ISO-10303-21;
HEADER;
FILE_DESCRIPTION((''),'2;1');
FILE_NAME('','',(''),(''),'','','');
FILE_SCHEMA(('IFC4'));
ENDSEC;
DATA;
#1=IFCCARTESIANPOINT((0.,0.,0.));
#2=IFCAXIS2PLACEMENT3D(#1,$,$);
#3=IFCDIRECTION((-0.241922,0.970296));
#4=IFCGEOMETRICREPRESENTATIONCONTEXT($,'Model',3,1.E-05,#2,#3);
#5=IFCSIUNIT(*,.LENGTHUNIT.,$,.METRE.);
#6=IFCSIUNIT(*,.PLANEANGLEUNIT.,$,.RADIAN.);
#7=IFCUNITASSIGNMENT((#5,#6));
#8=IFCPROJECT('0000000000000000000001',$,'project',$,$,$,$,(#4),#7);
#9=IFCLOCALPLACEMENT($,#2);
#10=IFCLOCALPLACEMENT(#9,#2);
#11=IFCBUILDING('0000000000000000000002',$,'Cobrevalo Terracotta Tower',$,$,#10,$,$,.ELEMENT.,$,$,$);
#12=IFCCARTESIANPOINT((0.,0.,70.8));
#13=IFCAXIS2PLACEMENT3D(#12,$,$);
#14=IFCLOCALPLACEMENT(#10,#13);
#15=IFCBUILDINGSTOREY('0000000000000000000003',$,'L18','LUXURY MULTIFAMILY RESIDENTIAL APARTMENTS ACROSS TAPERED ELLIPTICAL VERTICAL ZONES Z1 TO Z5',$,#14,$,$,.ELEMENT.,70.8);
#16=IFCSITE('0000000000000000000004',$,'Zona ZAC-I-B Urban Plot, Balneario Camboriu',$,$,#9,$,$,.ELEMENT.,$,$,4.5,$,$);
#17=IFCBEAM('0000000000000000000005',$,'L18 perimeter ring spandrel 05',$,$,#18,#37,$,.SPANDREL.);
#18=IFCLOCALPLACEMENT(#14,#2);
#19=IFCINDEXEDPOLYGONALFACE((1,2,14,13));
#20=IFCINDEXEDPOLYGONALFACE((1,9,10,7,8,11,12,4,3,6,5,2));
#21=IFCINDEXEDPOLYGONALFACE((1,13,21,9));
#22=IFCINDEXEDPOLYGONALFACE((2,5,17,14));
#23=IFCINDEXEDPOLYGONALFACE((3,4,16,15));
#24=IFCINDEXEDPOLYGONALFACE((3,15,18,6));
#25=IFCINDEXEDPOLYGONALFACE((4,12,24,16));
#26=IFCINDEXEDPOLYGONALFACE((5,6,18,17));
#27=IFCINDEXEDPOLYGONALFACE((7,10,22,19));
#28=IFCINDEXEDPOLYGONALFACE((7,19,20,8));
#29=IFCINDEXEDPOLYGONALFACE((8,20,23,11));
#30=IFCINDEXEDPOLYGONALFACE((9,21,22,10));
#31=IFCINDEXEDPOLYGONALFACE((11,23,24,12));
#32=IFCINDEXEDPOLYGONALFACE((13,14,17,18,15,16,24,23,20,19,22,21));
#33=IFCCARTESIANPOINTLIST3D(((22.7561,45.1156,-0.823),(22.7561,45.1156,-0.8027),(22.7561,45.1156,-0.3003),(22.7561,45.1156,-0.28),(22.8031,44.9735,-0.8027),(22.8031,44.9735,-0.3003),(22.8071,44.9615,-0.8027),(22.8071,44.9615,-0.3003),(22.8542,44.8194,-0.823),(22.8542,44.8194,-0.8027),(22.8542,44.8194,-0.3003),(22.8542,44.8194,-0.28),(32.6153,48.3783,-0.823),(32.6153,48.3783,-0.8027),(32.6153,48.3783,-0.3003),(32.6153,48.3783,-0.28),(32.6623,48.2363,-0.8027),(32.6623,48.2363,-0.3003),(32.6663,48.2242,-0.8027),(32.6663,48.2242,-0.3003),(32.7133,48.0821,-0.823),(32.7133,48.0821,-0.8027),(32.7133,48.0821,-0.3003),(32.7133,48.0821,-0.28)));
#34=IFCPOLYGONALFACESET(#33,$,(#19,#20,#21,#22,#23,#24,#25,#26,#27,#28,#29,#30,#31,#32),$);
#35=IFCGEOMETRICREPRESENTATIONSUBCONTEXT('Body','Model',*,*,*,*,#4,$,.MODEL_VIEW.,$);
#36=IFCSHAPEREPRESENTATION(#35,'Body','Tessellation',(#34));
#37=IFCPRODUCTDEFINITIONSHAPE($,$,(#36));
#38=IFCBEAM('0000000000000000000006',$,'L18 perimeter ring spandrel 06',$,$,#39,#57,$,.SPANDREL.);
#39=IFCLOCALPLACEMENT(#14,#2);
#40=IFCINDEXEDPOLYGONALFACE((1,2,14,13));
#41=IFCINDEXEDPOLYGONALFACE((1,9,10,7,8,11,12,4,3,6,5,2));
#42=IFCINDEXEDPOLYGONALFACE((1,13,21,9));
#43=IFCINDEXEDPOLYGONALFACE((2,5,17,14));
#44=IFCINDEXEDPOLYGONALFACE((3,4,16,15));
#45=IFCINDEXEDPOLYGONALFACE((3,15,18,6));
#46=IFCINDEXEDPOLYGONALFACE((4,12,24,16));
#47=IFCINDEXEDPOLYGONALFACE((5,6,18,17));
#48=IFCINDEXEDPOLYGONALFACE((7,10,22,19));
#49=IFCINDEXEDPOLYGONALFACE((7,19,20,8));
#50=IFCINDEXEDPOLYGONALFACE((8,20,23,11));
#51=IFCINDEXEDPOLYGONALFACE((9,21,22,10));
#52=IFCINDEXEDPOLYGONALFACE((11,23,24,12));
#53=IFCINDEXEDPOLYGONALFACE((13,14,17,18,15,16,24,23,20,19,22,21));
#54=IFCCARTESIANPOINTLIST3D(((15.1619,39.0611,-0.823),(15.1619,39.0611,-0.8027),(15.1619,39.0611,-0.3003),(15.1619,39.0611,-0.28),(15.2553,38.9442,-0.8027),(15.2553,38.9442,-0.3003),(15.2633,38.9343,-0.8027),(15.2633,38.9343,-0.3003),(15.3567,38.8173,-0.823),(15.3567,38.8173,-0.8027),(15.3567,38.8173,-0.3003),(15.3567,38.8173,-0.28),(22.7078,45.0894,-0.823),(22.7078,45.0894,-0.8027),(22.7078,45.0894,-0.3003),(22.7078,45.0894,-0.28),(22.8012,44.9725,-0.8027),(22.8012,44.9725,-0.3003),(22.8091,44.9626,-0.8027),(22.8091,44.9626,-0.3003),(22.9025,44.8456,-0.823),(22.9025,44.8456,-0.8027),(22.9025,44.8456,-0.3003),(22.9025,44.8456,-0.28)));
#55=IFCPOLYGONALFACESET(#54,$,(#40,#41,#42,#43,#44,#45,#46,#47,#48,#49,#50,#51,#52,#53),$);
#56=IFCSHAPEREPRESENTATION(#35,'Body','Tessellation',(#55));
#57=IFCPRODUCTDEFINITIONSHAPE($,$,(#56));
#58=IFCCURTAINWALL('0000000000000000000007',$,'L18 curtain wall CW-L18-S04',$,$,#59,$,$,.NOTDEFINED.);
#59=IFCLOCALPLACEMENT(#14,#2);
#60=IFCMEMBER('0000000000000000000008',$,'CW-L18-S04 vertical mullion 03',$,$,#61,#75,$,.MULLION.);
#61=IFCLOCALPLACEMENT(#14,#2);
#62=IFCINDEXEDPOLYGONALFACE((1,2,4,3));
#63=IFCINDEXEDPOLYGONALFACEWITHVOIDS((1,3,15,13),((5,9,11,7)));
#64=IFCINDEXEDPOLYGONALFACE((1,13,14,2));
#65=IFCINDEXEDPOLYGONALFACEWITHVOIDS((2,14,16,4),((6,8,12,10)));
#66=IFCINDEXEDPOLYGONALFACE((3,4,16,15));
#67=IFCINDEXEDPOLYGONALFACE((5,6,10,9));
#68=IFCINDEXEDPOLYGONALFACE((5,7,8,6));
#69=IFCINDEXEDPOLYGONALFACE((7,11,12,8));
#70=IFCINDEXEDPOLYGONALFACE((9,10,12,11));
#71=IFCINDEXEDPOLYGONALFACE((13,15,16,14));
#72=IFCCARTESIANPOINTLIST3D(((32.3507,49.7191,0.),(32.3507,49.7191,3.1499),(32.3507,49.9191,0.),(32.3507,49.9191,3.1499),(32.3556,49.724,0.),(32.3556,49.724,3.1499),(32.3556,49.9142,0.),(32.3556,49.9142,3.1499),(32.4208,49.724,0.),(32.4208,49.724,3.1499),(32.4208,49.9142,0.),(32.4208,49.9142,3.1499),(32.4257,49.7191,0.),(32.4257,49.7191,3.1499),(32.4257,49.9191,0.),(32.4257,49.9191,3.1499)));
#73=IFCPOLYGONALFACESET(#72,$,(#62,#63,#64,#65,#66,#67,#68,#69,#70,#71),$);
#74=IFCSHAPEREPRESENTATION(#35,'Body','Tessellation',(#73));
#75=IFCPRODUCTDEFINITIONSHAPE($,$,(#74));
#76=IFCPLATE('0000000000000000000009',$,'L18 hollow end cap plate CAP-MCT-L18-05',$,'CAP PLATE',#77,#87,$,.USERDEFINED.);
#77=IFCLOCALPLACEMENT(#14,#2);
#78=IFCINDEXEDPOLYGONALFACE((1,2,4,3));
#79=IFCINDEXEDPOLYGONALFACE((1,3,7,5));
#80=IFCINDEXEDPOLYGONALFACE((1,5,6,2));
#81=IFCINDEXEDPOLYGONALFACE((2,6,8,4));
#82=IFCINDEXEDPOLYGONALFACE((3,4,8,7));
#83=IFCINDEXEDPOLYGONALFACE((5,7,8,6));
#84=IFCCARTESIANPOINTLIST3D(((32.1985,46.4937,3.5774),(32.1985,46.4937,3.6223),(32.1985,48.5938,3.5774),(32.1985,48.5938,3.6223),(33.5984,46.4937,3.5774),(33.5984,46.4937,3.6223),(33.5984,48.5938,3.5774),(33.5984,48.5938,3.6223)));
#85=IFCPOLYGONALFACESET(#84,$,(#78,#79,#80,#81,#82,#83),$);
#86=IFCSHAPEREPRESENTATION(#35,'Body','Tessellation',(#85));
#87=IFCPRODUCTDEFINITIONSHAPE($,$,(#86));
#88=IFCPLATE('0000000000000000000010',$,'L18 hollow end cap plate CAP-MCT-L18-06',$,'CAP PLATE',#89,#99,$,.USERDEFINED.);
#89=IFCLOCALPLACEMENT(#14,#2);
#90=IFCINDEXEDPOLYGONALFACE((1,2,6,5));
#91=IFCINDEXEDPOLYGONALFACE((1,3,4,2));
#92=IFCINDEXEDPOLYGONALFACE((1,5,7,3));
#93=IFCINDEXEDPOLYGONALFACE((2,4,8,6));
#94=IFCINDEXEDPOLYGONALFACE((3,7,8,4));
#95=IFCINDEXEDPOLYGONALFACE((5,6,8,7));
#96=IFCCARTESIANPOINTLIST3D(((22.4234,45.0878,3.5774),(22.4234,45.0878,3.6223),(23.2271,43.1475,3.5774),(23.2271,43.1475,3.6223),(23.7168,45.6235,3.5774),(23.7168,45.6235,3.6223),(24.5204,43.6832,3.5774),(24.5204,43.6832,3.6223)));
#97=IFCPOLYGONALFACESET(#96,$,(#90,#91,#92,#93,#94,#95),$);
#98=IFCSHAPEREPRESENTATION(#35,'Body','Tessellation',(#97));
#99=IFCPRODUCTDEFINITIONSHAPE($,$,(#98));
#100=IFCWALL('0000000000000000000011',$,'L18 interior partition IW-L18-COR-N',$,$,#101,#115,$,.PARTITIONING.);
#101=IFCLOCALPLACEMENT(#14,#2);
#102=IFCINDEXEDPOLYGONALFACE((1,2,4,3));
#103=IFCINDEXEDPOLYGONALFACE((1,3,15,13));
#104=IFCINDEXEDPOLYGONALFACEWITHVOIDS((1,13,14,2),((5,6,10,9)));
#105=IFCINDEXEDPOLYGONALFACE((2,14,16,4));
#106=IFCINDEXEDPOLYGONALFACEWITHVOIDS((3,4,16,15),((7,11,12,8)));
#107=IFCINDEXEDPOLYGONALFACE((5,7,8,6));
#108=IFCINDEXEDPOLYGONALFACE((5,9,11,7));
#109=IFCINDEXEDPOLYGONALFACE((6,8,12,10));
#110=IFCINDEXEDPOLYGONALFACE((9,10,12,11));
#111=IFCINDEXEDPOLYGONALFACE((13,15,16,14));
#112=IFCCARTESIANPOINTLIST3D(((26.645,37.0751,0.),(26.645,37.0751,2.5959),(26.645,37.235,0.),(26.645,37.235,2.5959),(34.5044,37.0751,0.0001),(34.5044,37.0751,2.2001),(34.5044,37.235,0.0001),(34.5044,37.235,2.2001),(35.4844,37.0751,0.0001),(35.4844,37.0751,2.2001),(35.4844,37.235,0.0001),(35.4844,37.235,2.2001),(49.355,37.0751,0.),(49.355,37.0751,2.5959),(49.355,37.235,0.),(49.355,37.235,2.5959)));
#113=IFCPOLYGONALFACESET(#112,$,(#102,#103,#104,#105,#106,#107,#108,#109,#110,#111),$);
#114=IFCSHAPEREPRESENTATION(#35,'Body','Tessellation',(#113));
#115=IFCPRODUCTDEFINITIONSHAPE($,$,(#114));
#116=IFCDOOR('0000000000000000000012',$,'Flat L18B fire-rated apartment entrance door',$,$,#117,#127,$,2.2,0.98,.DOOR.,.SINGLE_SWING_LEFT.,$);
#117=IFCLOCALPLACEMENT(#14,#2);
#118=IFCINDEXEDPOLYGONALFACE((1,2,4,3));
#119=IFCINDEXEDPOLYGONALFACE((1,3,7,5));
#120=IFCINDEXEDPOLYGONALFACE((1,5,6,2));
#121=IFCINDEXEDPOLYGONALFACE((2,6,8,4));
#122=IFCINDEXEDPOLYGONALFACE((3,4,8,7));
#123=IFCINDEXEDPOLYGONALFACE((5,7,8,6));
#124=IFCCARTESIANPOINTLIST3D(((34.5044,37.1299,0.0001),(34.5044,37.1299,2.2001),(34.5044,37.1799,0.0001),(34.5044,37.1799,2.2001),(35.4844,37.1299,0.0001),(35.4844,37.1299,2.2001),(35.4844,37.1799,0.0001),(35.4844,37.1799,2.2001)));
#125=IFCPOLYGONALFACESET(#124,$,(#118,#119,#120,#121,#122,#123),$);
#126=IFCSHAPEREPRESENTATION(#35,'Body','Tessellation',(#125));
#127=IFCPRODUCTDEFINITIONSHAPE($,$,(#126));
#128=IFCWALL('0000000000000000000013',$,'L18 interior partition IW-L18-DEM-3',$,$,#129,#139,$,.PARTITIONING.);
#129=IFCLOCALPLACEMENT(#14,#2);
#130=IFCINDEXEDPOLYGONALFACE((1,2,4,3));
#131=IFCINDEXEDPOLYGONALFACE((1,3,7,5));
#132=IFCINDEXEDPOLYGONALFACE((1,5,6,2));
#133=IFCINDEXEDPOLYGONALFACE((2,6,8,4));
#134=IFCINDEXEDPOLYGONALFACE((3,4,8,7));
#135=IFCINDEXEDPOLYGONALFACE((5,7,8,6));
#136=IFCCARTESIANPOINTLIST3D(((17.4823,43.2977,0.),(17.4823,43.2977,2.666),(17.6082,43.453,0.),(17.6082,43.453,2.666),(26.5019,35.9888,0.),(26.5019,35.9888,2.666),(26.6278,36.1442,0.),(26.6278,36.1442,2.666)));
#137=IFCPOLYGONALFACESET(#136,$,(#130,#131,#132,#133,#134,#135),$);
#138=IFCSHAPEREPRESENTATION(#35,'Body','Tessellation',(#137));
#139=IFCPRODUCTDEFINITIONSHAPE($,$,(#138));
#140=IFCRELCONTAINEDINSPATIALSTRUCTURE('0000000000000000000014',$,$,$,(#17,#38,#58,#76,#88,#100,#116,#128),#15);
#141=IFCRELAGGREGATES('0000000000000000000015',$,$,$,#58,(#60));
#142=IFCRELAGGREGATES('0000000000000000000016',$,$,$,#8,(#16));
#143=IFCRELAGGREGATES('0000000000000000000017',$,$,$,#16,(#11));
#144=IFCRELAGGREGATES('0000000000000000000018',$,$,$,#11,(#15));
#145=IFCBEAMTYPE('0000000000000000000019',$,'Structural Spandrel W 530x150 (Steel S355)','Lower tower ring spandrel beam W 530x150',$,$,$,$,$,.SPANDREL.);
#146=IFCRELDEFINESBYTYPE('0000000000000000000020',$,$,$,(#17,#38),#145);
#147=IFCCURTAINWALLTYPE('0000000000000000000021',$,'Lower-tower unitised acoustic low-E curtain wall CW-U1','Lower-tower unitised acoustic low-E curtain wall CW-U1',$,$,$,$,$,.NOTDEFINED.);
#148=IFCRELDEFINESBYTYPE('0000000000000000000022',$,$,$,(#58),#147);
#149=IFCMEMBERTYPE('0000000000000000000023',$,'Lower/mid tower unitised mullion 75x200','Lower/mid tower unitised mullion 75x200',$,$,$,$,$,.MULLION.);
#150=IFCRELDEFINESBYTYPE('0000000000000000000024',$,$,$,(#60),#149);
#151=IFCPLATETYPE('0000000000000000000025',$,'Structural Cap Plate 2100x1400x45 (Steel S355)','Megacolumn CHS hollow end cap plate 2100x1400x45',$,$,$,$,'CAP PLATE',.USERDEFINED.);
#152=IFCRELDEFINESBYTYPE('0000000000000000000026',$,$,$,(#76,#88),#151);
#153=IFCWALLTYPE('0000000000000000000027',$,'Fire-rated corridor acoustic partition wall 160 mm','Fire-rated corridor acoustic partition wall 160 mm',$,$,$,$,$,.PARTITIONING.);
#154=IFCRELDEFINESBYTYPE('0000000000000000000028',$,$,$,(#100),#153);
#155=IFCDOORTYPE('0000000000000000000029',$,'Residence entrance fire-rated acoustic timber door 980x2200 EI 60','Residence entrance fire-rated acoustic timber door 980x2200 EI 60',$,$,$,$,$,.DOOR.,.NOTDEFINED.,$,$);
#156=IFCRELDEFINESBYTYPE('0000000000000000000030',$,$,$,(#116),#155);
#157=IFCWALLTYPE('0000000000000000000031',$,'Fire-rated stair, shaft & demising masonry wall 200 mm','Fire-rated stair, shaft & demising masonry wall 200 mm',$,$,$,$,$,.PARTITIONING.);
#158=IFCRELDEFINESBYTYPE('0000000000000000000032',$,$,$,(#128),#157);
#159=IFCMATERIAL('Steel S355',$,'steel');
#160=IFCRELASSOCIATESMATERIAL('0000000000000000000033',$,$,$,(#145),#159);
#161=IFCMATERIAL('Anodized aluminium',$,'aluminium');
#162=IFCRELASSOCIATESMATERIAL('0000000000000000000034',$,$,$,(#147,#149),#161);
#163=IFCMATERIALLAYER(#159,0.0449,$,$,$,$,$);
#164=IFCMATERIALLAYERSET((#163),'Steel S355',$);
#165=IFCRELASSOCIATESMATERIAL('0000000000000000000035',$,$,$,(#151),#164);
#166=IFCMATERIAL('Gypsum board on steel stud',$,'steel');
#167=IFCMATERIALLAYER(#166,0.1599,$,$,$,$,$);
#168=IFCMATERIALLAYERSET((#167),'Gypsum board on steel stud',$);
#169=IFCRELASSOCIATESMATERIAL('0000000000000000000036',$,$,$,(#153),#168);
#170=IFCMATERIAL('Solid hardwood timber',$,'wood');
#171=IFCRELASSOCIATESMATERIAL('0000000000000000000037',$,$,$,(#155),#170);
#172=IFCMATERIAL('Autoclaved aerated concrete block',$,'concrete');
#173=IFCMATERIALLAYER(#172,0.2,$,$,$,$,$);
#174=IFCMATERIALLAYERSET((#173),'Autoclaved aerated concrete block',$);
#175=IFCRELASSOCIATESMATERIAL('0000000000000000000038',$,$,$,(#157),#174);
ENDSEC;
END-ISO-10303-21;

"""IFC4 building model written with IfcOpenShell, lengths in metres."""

from ifc_helpers import new_model, si_unit, direction, frame, frame_2d, origin, origin_2d, place, context, subcontext, project, spatial, rectangle, hollow_rectangle, i_section, extrude, source, transform, mapped, material, layer, layer_set, material_profile, profile_set, type_object, element, fill, aggregate, save


model = new_model("IFC4")

# Units and contexts
model_context = context("Model", 3, precision=1e-05, world=origin(), true_north=direction((-0.241922, 0.970296)))
body_context = subcontext(model_context, "Body", "Model", "MODEL_VIEW")
ifc_project = project(units=[si_unit("LENGTHUNIT", "METRE"), si_unit("PLANEANGLEUNIT", "RADIAN")], contexts=[model_context])

# Site, building, storey
site_placement = place(None, origin())
site = spatial("IfcSite", under=ifc_project, at=site_placement, Name="Zona ZAC-I-B Urban Plot, Balneario Camboriu", CompositionType="ELEMENT", RefElevation=4.5)
building_placement = place(site_placement, origin())
building = spatial("IfcBuilding", under=site, at=building_placement, Name="Cobrevalo Terracotta Tower", CompositionType="ELEMENT")
storey_placement = place(building_placement, frame((0.0, 0.0, 70.8)))
storey = spatial("IfcBuildingStorey", under=building, at=storey_placement, Name="L18", Description="LUXURY MULTIFAMILY RESIDENTIAL APARTMENTS ACROSS TAPERED ELLIPTICAL VERTICAL ZONES Z1 TO Z5", CompositionType="ELEMENT", Elevation=70.8)

# Shared definitions
ifc_material_1 = material(Name="Steel S355", Category="steel")

# Beams
ifc_material_profile_1 = material_profile(ifc_material_1, i_section(OverallWidth=0.312, OverallDepth=0.543, WebThickness=0.0127, FlangeThickness=0.0203, at=origin_2d()), Name="W 530x150")
ifc_profile_set_1 = profile_set([ifc_material_profile_1], Name="Steel S355")
beam_type_1 = type_object("IfcBeamType", Name="Structural Spandrel W 530x150 (Steel S355)", Description="Lower tower ring spandrel beam W 530x150", PredefinedType="SPANDREL", material=ifc_profile_set_1)
beam_1_placement = place(storey_placement, frame((32.6643, 48.2302, -0.5515), z_axis=(-0.949365, -0.314175, 0.0), x_axis=(0.314175, -0.949365, 0.0)))
element("IfcBeam", 1, at=beam_1_placement, inside=storey, type_object=beam_type_1, Name="L18 perimeter ring spandrel 05", PredefinedType="SPANDREL", context=body_context, shape_type="SweptSolid", body=[
    extrude(i_section(OverallWidth=0.312, OverallDepth=0.543, WebThickness=0.0127, FlangeThickness=0.0203, at=origin_2d()), origin(), (0.0, 0.0, 1.0), 10.385),
])
beam_2_placement = place(storey_placement, frame((22.8052, 44.9675, -0.5515), z_axis=(-0.781293, -0.624165, 0.0), x_axis=(0.624165, -0.781293, 0.0)))
element("IfcBeam", 2, at=beam_2_placement, inside=storey, type_object=beam_type_1, Name="L18 perimeter ring spandrel 06", PredefinedType="SPANDREL", context=body_context, shape_type="SweptSolid", body=[
    extrude(i_section(OverallWidth=0.312, OverallDepth=0.543, WebThickness=0.0127, FlangeThickness=0.0203, at=origin_2d()), origin(), (0.0, 0.0, 1.0), 9.6582),
])

# Curtain wall, member
ifc_material_2 = material(Name="Anodized aluminium", Category="aluminium")
curtain_wall_type = type_object("IfcCurtainWallType", Name="Lower-tower unitised acoustic low-E curtain wall CW-U1", Description="Lower-tower unitised acoustic low-E curtain wall CW-U1", PredefinedType="NOTDEFINED", material=ifc_material_2)
curtain_wall_placement = place(storey_placement, origin())
curtain_wall = element("IfcCurtainWall", 3, at=curtain_wall_placement, inside=storey, type_object=curtain_wall_type, Name="L18 curtain wall CW-L18-S04", PredefinedType="NOTDEFINED")
ifc_material_profile_2 = material_profile(ifc_material_2, hollow_rectangle(XDim=0.075, YDim=0.2, WallThickness=0.0049, at=origin_2d()), Name="CWM 75x200")
ifc_profile_set_2 = profile_set([ifc_material_profile_2], Name="Anodized aluminium")
member_type = type_object("IfcMemberType", Name="Lower/mid tower unitised mullion 75x200", Description="Lower/mid tower unitised mullion 75x200", PredefinedType="MULLION", material=ifc_profile_set_2)
shared_shape_1 = source(origin(), body_context, "Body", "SweptSolid", [
    extrude(hollow_rectangle(XDim=0.075, YDim=0.2, WallThickness=0.0049, at=origin_2d()), origin(), (0.0, 0.0, 1.0), 3.1499),
])
member_placement = place(storey_placement, frame((32.3882, 49.8191, 0.0), z_axis=(0.0, 0.0, 1.0), x_axis=(-1.0, 0.0, 0.0)))
member = element("IfcMember", 4, at=member_placement, type_object=member_type, Name="CW-L18-S04 vertical mullion 03", PredefinedType="MULLION", context=body_context, shape_type="MappedRepresentation", body=[
    mapped(shared_shape_1, transform((0.0, 0.0, 0.0), scale=1.0)),
])
aggregate(curtain_wall, [member])

# Plates
ifc_layer_1 = layer(ifc_material_1, 0.0449)
ifc_layer_set_1 = layer_set([ifc_layer_1], Name="Steel S355")
plate_type = type_object("IfcPlateType", Name="Structural Cap Plate 2100x1400x45 (Steel S355)", Description="Megacolumn CHS hollow end cap plate 2100x1400x45", ElementType="CAP PLATE", PredefinedType="USERDEFINED", material=ifc_layer_set_1)
shared_shape_2 = source(origin(), body_context, "Body", "SweptSolid", [
    extrude(rectangle(XDim=2.1001, YDim=1.3999, at=origin_2d()), origin(), (0.0, 0.0, 1.0), 0.0449),
])
for number, where, z_axis, x_axis, name in (
    (5, (32.8984, 47.5437, 3.5774), (0.0, 0.0, 1.0), (0.0, 1.0, 0.0), "L18 hollow end cap plate CAP-MCT-L18-05"),
    (6, (23.4719, 44.3855, 3.5774), (0.0, 0.0, 1.0), (-0.382683, 0.92388, 0.0), "L18 hollow end cap plate CAP-MCT-L18-06"),
):
    element("IfcPlate", number, at=place(storey_placement, frame(where, z_axis=z_axis, x_axis=x_axis)), inside=storey, type_object=plate_type, Name=name, ObjectType="CAP PLATE", PredefinedType="USERDEFINED", context=body_context, shape_type="MappedRepresentation", body=[
        mapped(shared_shape_2, transform((0.0, 0.0, 0.0), scale=1.0)),
    ])

# Wall, opening, door
ifc_material_3 = material(Name="Gypsum board on steel stud", Category="steel")
ifc_layer_2 = layer(ifc_material_3, 0.1599)
ifc_layer_set_2 = layer_set([ifc_layer_2], Name="Gypsum board on steel stud")
wall_type_1 = type_object("IfcWallType", Name="Fire-rated corridor acoustic partition wall 160 mm", Description="Fire-rated corridor acoustic partition wall 160 mm", PredefinedType="PARTITIONING", material=ifc_layer_set_2)
wall_1_placement = place(storey_placement, frame((26.645, 37.155, 0.0), z_axis=(0.0, 0.0, 1.0), x_axis=(1.0, 0.0, 0.0)))
wall_1 = element("IfcWall", 7, at=wall_1_placement, inside=storey, type_object=wall_type_1, Name="L18 interior partition IW-L18-COR-N", PredefinedType="PARTITIONING", context=body_context, shape_type="SweptSolid", body=[
    extrude(rectangle(XDim=22.71, YDim=0.1599, at=frame_2d((11.355, 0.0))), origin(), (0.0, 0.0, 1.0), 2.5959),
])
opening_1_placement = place(wall_1_placement, frame((7.8594, 0.0, 0.0)))
opening_1 = element("IfcOpeningElement", 8, at=opening_1_placement, cuts=wall_1, PredefinedType="OPENING", context=body_context, shape_type="SweptSolid", body=[
    extrude(rectangle(XDim=0.98, YDim=2.2, at=frame_2d((0.49, 1.1001))), frame((0.0, 0.0898, 0.0), z_axis=(0.0, -1.0, 0.0), x_axis=(1.0, 0.0, 0.0)), (0.0, 0.0, 1.0), 0.1799),
])
ifc_material_4 = material(Name="Solid hardwood timber", Category="wood")
door_type_1 = type_object("IfcDoorType", Name="Residence entrance fire-rated acoustic timber door 980x2200 EI 60", Description="Residence entrance fire-rated acoustic timber door 980x2200 EI 60", OperationType="NOTDEFINED", PredefinedType="DOOR", material=ifc_material_4)
shared_shape_3 = source(origin(), body_context, "Body", "SweptSolid", [
    extrude(rectangle(XDim=0.98, YDim=2.2, at=frame_2d((0.49, 1.1001))), frame((0.0, 0.0249, 0.0), z_axis=(0.0, -1.0, 0.0), x_axis=(1.0, 0.0, 0.0)), (0.0, 0.0, 1.0), 0.05),
])
door_1_placement = place(opening_1_placement, origin())
door_1 = element("IfcDoor", 9, at=door_1_placement, inside=storey, type_object=door_type_1, Name="Flat L18B fire-rated apartment entrance door", OperationType="SINGLE_SWING_LEFT", OverallHeight=2.2, OverallWidth=0.98, PredefinedType="DOOR", context=body_context, shape_type="MappedRepresentation", body=[
    mapped(shared_shape_3, transform((0.0, 0.0, 0.0), scale=1.0)),
])
fill(opening_1, door_1)

# Wall
ifc_material_5 = material(Name="Autoclaved aerated concrete block", Category="concrete")
ifc_layer_3 = layer(ifc_material_5, 0.2)
ifc_layer_set_3 = layer_set([ifc_layer_3], Name="Autoclaved aerated concrete block")
wall_type_2 = type_object("IfcWallType", Name="Fire-rated stair, shaft & demising masonry wall 200 mm", Description="Fire-rated stair, shaft & demising masonry wall 200 mm", PredefinedType="PARTITIONING", material=ifc_layer_set_3)
wall_2_placement = place(storey_placement, frame((26.5649, 36.0664, 0.0), z_axis=(0.0, 0.0, 1.0), x_axis=(-0.776937, 0.629579, 0.0)))
element("IfcWall", 10, at=wall_2_placement, inside=storey, type_object=wall_type_2, Name="L18 interior partition IW-L18-DEM-3", PredefinedType="PARTITIONING", context=body_context, shape_type="SweptSolid", body=[
    extrude(rectangle(XDim=11.6091, YDim=0.2, at=frame_2d((5.8047, 0.0))), origin(), (0.0, 0.0, 1.0), 2.666),
])

save(model, "model.ifc")
